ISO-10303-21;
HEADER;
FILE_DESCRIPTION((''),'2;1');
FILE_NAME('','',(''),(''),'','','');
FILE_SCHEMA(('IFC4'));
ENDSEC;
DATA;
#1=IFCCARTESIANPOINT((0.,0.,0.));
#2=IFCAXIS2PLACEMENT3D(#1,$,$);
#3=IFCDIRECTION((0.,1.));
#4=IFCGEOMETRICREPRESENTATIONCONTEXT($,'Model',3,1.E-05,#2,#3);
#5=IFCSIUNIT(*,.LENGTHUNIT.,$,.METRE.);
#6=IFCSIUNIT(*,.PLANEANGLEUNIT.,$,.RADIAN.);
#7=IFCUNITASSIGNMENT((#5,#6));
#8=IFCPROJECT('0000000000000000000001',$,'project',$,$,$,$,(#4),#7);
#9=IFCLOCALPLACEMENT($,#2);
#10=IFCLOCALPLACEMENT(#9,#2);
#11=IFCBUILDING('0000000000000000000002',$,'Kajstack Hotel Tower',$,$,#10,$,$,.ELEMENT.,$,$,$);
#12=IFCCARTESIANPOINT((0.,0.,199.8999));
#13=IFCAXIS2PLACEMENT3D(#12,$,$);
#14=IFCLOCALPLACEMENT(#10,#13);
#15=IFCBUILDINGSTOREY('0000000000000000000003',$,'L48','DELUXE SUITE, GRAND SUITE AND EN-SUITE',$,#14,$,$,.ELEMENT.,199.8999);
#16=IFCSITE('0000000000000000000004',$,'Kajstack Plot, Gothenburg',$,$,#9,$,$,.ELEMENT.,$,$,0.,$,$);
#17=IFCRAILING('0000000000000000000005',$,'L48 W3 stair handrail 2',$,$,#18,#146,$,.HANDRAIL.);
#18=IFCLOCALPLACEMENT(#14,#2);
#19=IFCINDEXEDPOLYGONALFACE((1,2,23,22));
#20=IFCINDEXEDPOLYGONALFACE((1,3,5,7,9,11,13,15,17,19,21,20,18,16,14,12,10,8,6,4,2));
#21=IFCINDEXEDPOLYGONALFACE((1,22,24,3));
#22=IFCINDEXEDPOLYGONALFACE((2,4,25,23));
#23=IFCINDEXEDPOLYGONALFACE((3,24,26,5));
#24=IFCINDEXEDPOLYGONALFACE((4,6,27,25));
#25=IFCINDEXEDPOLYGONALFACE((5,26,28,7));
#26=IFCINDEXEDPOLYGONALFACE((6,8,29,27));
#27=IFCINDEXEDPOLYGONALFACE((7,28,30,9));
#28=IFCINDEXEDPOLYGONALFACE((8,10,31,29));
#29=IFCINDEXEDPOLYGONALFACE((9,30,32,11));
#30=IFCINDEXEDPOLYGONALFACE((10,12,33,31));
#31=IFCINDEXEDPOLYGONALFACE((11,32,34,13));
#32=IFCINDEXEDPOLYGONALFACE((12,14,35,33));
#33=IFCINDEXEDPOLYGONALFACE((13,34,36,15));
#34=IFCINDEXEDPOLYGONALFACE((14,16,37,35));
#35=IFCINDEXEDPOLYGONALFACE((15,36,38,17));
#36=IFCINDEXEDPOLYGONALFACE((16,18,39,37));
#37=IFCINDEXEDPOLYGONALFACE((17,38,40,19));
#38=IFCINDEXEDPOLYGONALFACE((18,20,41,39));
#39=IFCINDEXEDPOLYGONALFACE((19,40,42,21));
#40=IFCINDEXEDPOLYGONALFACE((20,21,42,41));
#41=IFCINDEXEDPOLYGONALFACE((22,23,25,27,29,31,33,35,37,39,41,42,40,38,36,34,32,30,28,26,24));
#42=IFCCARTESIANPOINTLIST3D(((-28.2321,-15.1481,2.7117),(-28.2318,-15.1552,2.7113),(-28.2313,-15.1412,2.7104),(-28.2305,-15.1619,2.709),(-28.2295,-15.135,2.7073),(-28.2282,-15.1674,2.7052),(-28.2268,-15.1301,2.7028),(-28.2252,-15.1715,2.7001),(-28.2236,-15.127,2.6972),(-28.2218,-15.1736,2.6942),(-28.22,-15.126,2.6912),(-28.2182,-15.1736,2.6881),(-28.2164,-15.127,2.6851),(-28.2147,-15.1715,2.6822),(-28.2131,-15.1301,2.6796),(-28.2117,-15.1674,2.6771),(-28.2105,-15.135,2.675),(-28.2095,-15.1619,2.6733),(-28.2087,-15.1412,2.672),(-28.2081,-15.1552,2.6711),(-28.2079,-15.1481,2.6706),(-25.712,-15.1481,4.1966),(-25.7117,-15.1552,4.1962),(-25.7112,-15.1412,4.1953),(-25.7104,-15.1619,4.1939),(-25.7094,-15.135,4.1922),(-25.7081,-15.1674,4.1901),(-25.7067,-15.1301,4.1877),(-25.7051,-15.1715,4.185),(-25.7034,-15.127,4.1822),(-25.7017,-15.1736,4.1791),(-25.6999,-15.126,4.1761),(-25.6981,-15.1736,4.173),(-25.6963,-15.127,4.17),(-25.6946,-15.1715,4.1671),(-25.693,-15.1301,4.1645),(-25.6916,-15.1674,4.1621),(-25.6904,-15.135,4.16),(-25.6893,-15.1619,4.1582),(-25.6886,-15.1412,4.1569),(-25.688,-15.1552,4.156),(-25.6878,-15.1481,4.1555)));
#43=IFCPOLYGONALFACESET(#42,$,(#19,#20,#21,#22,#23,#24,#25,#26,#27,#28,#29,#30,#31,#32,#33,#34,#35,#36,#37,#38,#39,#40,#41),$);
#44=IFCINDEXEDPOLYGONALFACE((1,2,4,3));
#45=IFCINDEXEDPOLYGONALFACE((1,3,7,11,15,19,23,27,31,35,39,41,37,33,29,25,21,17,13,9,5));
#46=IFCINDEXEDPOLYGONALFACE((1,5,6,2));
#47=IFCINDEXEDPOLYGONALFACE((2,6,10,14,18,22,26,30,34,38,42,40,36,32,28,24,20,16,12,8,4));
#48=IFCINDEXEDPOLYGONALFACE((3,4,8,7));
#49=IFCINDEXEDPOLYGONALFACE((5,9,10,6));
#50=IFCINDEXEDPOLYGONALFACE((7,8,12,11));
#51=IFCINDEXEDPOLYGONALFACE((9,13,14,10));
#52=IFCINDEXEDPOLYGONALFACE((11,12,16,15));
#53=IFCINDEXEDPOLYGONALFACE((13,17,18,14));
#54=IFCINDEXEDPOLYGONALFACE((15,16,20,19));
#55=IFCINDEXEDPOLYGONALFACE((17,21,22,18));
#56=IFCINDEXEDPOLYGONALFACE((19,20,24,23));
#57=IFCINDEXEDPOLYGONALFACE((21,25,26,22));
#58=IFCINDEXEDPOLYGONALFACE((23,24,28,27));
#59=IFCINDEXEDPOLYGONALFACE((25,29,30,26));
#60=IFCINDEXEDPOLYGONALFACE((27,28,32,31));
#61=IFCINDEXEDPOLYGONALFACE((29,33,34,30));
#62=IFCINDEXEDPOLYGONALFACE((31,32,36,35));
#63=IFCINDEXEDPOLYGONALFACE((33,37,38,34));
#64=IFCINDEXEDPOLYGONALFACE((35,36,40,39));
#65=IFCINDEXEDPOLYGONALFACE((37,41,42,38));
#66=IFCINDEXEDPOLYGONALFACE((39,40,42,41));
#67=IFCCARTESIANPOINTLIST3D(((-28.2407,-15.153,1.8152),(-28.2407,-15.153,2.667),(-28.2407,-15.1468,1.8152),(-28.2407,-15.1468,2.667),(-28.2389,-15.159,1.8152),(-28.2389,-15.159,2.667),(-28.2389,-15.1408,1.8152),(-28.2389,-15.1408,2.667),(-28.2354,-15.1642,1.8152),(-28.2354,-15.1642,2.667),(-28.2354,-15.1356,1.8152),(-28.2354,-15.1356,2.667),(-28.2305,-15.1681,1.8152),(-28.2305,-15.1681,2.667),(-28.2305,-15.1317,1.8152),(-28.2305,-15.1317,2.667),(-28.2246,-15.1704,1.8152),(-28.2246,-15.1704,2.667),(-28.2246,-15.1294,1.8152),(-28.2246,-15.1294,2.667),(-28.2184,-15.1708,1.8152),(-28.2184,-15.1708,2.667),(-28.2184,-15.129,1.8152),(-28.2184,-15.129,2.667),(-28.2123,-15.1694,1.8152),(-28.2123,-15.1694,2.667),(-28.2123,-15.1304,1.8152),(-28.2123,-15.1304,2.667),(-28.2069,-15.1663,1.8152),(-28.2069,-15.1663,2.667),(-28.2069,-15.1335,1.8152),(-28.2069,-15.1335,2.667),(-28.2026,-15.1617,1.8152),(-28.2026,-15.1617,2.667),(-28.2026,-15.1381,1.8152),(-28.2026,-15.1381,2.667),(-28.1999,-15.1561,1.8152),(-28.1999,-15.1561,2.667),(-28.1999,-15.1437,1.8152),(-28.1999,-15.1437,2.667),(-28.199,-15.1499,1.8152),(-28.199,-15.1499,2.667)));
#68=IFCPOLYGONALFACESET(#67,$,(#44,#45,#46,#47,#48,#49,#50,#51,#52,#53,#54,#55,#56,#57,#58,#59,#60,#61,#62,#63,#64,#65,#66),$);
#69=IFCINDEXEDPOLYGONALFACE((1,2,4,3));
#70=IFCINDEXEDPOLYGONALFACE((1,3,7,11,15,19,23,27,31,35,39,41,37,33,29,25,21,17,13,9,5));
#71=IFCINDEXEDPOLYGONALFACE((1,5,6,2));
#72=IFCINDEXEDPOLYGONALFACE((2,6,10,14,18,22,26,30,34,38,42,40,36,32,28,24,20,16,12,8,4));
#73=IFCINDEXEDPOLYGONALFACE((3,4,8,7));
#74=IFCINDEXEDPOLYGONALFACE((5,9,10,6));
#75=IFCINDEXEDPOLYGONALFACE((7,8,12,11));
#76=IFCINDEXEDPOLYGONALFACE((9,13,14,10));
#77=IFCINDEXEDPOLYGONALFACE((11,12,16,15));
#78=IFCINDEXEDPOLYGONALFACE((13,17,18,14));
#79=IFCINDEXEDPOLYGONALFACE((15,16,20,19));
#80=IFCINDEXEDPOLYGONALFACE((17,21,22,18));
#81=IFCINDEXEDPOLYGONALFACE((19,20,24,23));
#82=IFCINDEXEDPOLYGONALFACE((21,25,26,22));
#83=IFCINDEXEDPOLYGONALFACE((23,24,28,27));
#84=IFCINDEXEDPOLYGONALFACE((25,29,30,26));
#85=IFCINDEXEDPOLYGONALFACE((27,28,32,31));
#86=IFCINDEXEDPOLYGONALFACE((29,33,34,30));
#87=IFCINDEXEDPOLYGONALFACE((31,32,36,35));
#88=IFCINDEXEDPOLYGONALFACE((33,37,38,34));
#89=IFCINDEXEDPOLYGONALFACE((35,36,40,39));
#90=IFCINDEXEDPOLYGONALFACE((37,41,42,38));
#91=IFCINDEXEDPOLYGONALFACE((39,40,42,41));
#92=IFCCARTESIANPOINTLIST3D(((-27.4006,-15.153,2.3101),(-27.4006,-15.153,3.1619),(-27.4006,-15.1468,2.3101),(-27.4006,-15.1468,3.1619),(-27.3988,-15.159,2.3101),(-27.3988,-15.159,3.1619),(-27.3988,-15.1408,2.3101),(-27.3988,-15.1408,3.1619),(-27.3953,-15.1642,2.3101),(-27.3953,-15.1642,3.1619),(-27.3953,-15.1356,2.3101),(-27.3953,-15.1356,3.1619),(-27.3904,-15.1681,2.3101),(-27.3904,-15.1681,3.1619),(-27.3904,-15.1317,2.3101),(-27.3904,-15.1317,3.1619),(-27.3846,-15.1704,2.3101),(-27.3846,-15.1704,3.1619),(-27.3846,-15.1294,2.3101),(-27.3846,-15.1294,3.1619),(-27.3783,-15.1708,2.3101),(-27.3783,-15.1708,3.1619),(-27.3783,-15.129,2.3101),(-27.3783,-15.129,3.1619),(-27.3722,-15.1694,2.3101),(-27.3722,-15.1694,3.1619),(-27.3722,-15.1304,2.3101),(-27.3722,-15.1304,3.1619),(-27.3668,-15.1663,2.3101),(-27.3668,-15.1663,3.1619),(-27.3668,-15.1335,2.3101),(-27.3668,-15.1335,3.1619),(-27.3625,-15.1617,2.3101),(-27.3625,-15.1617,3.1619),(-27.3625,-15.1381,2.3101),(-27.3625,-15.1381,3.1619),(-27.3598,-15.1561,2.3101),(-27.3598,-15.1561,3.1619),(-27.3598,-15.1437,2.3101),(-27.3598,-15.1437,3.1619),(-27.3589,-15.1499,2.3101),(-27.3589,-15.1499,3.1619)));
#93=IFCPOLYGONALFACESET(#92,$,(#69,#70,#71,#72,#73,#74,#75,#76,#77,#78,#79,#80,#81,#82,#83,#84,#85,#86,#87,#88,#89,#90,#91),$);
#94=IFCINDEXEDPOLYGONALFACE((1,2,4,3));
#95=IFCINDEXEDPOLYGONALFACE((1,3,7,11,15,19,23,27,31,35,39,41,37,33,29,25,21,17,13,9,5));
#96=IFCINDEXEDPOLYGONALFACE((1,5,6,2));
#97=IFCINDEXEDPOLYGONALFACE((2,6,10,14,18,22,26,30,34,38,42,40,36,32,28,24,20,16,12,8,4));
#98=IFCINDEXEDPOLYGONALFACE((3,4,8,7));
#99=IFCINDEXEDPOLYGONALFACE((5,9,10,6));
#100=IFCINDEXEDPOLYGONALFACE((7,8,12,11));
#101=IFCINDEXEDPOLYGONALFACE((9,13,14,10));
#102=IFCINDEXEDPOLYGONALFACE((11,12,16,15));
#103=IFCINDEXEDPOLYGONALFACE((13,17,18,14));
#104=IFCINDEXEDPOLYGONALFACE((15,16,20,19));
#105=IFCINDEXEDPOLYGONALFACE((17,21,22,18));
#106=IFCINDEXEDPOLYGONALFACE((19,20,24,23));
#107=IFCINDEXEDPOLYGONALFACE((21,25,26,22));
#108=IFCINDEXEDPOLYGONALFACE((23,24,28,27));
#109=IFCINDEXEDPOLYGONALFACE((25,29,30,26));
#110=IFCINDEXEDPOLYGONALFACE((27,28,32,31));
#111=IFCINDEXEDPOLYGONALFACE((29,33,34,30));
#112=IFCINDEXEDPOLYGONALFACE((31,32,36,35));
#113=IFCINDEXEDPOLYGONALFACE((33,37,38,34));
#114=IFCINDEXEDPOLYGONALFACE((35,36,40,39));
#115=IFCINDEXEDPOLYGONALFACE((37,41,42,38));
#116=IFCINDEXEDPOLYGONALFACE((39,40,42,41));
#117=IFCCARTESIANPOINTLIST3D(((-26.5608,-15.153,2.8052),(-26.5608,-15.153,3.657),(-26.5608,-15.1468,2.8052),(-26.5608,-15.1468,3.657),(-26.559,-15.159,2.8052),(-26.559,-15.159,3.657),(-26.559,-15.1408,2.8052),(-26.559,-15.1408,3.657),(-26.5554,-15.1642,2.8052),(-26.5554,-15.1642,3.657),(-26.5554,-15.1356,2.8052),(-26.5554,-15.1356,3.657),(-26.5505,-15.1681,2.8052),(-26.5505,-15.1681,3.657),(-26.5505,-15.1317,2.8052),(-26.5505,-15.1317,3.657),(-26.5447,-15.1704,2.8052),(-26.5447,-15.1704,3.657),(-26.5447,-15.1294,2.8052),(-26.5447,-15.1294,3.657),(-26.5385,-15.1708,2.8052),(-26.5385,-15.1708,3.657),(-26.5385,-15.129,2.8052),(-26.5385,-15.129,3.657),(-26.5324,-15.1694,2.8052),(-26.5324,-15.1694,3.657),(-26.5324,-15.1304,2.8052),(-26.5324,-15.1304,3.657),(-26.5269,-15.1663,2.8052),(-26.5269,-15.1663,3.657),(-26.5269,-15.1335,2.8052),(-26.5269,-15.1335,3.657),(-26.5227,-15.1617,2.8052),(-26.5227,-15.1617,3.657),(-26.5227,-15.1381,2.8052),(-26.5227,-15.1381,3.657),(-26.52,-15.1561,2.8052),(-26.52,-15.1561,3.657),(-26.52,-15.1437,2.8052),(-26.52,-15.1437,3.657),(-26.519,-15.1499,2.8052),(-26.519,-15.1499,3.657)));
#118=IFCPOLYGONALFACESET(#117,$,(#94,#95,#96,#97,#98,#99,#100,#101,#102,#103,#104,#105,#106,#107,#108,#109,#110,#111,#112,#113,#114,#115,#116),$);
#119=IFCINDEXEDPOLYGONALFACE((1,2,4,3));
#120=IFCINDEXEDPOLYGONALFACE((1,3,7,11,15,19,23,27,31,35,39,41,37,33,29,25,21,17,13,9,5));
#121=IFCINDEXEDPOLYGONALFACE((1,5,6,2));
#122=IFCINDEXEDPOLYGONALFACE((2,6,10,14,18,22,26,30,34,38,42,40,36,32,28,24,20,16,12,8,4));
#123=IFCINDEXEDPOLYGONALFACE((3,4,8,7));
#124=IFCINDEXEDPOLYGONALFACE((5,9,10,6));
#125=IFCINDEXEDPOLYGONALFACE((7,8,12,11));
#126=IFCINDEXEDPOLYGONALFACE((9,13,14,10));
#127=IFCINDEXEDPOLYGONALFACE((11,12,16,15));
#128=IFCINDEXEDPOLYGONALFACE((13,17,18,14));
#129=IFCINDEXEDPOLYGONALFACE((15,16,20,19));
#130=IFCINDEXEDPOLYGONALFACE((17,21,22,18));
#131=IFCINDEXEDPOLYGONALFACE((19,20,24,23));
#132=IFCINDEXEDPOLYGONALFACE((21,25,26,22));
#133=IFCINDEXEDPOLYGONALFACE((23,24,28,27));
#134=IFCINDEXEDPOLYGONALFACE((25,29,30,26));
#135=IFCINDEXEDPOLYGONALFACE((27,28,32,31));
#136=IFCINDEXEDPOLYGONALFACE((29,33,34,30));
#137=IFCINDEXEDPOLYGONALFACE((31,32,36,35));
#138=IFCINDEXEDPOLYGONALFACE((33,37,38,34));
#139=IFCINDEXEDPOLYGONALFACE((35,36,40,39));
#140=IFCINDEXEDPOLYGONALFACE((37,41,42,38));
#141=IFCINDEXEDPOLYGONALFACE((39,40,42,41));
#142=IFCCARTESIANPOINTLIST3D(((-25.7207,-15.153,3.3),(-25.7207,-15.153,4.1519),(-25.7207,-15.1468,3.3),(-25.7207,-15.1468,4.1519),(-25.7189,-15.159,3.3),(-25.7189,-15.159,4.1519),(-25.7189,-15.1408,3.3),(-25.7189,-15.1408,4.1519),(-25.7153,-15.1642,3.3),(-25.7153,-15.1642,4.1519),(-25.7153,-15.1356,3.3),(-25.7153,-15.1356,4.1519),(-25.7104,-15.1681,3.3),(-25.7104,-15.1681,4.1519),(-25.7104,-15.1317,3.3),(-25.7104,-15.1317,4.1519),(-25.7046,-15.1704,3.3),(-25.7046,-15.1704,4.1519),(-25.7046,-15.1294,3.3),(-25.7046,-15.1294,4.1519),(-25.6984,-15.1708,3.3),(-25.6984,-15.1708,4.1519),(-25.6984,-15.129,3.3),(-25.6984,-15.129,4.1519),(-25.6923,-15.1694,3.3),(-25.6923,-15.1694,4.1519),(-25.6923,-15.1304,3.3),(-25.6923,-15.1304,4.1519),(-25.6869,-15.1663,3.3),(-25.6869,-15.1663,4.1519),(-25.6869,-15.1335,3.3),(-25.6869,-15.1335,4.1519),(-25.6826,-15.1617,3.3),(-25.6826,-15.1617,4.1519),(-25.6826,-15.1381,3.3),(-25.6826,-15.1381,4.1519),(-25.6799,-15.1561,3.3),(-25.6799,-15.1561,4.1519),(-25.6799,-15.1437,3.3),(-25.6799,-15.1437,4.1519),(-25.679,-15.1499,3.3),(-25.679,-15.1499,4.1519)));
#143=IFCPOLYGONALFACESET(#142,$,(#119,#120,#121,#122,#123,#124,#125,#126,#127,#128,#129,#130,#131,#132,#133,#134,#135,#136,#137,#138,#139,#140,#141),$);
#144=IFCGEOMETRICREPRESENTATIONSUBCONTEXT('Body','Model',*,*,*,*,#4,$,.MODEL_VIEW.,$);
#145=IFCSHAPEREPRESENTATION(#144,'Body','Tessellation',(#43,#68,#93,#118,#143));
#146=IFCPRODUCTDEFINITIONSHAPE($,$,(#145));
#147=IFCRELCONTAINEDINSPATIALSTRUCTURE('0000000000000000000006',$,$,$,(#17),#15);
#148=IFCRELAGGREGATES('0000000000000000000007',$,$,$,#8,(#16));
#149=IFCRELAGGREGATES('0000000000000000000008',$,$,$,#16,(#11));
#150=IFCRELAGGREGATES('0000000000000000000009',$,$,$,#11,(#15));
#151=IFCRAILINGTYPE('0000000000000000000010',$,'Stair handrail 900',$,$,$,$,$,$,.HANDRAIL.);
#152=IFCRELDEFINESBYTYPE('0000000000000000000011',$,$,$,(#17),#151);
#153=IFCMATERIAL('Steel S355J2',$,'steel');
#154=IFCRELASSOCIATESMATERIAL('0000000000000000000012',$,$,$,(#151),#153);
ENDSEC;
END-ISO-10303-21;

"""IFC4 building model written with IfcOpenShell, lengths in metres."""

from ifc_helpers import new_model, si_unit, direction, frame, origin, origin_2d, place, context, subcontext, project, spatial, circle, extrude, material, type_object, element, save


model = new_model("IFC4")

# Units and contexts
model_context = context("Model", 3, precision=1e-05, world=origin(), true_north=direction((0.0, 1.0)))
body_context = subcontext(model_context, "Body", "Model", "MODEL_VIEW")
ifc_project = project(units=[si_unit("LENGTHUNIT", "METRE"), si_unit("PLANEANGLEUNIT", "RADIAN")], contexts=[model_context])

# Site, building, storey
site_placement = place(None, origin())
site = spatial("IfcSite", under=ifc_project, at=site_placement, Name="Kajstack Plot, Gothenburg", CompositionType="ELEMENT", RefElevation=0.0)
building_placement = place(site_placement, origin())
building = spatial("IfcBuilding", under=site, at=building_placement, Name="Kajstack Hotel Tower", CompositionType="ELEMENT")
storey_placement = place(building_placement, frame((0.0, 0.0, 199.8999)))
storey = spatial("IfcBuildingStorey", under=building, at=storey_placement, Name="L48", Description="DELUXE SUITE, GRAND SUITE AND EN-SUITE", CompositionType="ELEMENT", Elevation=199.8999)

# Railing
ifc_material_1 = material(Name="Steel S355J2", Category="steel")
railing_type = type_object("IfcRailingType", Name="Stair handrail 900", PredefinedType="HANDRAIL", material=ifc_material_1)
railing_1_placement = place(storey_placement, frame((-28.22, -15.1499, 1.8152)))
element("IfcRailing", 1, at=railing_1_placement, inside=storey, type_object=railing_type, Name="L48 W3 stair handrail 2", PredefinedType="HANDRAIL", context=body_context, shape_type="SweptSolid", body=[
    extrude(circle(Radius=0.0239, at=origin_2d()), frame((0.0, 0.0, 0.876), z_axis=(0.861561, 0.0, 0.507655), x_axis=(0.0, 1.0, 0.0)), (0.0, 0.0, 1.0), 2.925),
    extrude(circle(Radius=0.021, at=origin_2d()), origin(), (0.0, 0.0, 1.0), 0.8518),
    extrude(circle(Radius=0.021, at=origin_2d()), frame((0.8401, 0.0, 0.4949)), (0.0, 0.0, 1.0), 0.8518),
    extrude(circle(Radius=0.021, at=origin_2d()), frame((1.6799, 0.0, 0.99)), (0.0, 0.0, 1.0), 0.8518),
    extrude(circle(Radius=0.021, at=origin_2d()), frame((2.52, 0.0, 1.4849)), (0.0, 0.0, 1.0), 0.8518),
])

save(model, "model.ifc")
